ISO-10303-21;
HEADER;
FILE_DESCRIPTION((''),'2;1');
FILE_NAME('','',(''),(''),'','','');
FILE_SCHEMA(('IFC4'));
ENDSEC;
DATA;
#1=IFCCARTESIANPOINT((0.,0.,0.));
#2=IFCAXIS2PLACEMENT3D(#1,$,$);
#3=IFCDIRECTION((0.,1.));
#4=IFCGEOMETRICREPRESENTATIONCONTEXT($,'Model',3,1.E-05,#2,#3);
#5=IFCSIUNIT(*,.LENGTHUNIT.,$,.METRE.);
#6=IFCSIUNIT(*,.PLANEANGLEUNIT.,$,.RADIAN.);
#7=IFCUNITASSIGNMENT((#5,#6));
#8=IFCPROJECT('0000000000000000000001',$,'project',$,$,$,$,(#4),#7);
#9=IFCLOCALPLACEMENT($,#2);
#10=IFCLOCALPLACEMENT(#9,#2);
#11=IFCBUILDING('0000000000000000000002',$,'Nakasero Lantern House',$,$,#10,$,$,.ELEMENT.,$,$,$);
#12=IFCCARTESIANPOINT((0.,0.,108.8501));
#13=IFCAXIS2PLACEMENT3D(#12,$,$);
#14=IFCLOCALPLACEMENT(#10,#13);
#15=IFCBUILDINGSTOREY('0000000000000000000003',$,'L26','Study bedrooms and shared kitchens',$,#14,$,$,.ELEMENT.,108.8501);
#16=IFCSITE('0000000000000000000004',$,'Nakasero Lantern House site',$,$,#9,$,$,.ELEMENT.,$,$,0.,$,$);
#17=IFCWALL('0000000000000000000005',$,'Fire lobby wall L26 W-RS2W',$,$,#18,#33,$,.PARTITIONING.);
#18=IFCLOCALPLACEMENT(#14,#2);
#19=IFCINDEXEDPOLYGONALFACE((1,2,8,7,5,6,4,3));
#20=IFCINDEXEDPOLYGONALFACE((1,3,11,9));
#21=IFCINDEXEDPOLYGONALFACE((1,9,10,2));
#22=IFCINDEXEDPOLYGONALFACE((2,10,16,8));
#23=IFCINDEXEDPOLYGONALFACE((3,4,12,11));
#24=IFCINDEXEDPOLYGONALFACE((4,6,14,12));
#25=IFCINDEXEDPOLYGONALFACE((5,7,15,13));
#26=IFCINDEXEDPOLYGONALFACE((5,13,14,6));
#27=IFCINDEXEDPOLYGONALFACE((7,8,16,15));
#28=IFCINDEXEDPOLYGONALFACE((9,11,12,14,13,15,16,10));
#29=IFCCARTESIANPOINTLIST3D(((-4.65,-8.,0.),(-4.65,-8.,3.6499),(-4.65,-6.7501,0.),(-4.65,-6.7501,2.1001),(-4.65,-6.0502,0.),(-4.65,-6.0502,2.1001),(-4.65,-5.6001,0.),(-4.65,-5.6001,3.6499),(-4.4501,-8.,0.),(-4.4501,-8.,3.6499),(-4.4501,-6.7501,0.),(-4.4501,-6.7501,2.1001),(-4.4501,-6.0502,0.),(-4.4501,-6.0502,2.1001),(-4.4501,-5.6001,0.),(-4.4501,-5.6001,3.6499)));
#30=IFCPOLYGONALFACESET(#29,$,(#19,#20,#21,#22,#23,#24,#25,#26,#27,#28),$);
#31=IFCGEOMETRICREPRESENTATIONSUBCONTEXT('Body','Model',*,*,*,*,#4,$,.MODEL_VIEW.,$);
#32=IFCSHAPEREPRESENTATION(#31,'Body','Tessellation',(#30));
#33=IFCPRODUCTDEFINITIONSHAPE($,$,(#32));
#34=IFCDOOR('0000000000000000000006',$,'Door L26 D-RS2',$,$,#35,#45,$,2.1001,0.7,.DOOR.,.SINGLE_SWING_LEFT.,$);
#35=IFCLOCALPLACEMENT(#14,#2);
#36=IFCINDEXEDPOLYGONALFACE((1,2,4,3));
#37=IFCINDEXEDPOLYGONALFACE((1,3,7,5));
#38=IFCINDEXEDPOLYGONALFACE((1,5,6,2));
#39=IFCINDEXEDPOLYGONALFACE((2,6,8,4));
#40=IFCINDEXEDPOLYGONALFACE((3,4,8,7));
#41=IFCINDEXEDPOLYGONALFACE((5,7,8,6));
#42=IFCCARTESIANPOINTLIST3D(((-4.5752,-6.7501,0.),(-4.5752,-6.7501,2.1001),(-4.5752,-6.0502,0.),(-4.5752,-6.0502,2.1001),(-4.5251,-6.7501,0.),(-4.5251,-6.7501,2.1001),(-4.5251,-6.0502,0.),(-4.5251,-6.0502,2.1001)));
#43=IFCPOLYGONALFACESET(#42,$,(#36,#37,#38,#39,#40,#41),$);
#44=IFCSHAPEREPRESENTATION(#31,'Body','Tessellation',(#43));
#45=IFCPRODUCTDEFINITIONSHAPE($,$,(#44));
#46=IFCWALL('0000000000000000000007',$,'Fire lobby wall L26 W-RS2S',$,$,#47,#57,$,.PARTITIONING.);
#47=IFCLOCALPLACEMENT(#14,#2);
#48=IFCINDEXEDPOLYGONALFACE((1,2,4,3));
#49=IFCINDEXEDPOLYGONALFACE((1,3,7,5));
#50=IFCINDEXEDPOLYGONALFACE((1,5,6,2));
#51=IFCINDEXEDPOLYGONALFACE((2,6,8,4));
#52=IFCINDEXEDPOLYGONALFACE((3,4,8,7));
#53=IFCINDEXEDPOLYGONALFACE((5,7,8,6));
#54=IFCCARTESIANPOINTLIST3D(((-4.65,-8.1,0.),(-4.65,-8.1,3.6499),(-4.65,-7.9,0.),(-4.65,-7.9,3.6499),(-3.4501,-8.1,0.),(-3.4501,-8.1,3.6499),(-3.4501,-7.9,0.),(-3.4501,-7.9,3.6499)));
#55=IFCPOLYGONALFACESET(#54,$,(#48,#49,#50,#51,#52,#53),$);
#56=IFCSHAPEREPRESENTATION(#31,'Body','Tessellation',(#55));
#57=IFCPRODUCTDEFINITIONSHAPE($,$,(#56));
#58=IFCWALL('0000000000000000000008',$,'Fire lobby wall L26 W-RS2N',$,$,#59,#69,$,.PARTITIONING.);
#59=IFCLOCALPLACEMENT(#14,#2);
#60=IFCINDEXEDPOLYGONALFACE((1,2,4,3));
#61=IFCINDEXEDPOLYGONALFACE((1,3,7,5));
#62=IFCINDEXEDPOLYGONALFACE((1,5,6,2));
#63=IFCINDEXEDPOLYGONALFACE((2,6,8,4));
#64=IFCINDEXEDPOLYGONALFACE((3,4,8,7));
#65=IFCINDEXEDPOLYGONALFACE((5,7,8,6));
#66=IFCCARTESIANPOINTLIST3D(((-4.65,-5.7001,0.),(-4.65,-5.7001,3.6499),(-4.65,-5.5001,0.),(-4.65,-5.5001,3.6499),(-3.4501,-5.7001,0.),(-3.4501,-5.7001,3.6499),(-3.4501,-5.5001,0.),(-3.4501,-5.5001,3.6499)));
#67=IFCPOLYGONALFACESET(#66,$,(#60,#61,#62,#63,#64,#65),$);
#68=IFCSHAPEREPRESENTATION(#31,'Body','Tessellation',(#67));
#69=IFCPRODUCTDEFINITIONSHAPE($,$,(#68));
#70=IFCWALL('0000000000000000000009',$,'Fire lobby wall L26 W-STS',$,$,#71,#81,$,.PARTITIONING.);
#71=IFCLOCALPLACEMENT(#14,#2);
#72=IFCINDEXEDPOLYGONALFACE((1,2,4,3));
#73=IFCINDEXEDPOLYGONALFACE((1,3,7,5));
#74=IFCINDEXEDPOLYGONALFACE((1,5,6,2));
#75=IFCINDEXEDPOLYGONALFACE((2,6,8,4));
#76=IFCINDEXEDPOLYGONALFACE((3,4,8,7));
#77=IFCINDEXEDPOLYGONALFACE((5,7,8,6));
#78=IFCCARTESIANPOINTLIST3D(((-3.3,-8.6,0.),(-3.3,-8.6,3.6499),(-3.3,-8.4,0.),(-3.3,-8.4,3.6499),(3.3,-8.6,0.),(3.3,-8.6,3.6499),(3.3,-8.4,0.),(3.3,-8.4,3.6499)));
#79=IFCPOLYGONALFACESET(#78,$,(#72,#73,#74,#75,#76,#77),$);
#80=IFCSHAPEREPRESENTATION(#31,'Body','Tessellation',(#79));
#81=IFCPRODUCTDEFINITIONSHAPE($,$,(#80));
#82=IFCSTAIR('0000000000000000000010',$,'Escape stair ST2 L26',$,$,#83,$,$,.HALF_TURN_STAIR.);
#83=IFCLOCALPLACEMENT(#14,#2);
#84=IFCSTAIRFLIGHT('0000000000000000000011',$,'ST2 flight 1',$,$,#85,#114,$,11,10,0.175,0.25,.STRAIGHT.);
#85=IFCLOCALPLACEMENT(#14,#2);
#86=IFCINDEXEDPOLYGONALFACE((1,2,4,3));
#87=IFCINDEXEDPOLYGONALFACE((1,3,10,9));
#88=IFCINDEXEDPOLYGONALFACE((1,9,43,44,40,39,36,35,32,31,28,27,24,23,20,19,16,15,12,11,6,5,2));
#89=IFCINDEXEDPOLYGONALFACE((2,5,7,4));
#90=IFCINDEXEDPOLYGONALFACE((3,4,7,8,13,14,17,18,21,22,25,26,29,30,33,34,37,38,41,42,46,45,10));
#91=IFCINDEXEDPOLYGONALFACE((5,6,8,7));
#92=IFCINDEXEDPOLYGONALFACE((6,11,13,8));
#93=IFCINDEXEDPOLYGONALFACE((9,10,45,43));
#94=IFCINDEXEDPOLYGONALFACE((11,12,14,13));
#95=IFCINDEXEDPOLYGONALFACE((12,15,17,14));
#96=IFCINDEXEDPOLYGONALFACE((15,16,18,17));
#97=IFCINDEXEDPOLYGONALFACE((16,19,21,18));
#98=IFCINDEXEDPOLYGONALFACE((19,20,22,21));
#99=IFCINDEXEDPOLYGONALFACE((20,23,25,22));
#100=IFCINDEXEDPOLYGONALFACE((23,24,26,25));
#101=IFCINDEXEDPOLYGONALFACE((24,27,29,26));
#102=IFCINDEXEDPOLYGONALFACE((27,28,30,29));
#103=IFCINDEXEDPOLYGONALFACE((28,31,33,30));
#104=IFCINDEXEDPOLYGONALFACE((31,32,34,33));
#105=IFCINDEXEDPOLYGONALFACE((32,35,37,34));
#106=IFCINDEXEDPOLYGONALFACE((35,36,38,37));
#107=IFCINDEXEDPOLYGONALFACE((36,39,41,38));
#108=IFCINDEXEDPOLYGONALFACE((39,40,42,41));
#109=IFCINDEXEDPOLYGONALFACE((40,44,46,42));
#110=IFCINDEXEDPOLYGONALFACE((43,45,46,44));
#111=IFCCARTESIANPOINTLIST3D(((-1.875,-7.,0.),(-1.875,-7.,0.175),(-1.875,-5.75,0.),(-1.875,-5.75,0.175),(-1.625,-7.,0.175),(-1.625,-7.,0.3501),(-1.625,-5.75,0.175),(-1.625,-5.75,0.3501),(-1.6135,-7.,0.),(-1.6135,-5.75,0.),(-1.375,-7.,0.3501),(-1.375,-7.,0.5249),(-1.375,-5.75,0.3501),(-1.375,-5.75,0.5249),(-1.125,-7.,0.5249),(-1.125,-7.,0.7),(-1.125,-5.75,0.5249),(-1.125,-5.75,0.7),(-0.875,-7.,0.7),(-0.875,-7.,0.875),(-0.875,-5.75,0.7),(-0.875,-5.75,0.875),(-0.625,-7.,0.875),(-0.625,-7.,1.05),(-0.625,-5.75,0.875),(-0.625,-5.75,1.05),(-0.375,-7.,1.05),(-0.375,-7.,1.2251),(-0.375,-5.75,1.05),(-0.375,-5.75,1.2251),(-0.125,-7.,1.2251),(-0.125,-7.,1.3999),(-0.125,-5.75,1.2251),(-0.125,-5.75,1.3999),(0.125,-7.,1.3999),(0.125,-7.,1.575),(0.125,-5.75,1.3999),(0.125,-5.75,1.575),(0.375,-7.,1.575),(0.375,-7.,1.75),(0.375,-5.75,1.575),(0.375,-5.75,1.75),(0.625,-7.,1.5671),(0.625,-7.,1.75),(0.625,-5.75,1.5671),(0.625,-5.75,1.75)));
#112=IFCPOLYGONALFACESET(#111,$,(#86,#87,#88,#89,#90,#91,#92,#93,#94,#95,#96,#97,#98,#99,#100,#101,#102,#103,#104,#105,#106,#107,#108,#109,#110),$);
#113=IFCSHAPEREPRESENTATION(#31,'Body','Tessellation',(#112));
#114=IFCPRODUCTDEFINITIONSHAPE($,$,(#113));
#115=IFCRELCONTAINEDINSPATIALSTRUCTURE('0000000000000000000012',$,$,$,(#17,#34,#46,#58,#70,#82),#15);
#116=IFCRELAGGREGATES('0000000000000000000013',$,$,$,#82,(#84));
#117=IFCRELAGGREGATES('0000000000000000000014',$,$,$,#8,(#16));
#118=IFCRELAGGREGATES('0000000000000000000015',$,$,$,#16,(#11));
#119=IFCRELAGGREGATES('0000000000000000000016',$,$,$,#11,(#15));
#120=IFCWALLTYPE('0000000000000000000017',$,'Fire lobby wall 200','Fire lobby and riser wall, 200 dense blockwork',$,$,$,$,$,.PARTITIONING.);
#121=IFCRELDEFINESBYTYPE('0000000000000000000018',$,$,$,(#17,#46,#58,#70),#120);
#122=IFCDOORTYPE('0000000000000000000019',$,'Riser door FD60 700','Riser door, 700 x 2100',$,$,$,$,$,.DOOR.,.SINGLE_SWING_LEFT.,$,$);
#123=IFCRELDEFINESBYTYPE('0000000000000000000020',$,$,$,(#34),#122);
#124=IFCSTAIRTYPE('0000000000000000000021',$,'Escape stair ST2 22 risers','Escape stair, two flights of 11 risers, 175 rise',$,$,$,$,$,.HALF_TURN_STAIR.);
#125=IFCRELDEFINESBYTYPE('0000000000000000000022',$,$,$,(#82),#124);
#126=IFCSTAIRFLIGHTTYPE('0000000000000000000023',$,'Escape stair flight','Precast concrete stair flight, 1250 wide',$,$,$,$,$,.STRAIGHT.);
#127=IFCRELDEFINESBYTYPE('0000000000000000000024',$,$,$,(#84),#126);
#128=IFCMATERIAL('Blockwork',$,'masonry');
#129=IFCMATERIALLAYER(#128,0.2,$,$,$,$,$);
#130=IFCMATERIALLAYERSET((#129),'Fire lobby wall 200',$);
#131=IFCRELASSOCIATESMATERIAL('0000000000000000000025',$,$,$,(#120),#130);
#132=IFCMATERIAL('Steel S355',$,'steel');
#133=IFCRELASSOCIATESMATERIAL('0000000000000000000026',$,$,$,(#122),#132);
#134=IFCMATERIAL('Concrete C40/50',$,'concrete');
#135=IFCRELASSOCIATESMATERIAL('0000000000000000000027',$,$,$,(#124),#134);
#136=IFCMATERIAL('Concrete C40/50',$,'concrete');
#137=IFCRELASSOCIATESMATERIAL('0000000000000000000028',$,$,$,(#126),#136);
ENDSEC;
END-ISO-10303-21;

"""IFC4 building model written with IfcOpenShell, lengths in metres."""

from ifc_helpers import new_model, si_unit, direction, frame, frame_2d, origin, place, context, subcontext, project, spatial, polyline, rectangle, outline, extrude, material, layer, layer_set, type_object, element, fill, aggregate, save


model = new_model("IFC4")

# Units and contexts
model_context = context("Model", 3, precision=1e-05, world=origin(), true_north=direction((0.0, 1.0)))
body_context = subcontext(model_context, "Body", "Model", "MODEL_VIEW")
ifc_project = project(units=[si_unit("LENGTHUNIT", "METRE"), si_unit("PLANEANGLEUNIT", "RADIAN")], contexts=[model_context])

# Site, building, storey
site_placement = place(None, origin())
site = spatial("IfcSite", under=ifc_project, at=site_placement, Name="Nakasero Lantern House site", CompositionType="ELEMENT", RefElevation=0.0)
building_placement = place(site_placement, origin())
building = spatial("IfcBuilding", under=site, at=building_placement, Name="Nakasero Lantern House", CompositionType="ELEMENT")
storey_placement = place(building_placement, frame((0.0, 0.0, 108.8501)))
storey = spatial("IfcBuildingStorey", under=building, at=storey_placement, Name="L26", Description="Study bedrooms and shared kitchens", CompositionType="ELEMENT", Elevation=108.8501)

# Wall, opening, door
ifc_material_1 = material(Name="Blockwork", Category="masonry")
ifc_layer_1 = layer(ifc_material_1, 0.2)
ifc_layer_set_1 = layer_set([ifc_layer_1], Name="Fire lobby wall 200")
wall_type_1 = type_object("IfcWallType", Name="Fire lobby wall 200", Description="Fire lobby and riser wall, 200 dense blockwork", PredefinedType="PARTITIONING", material=ifc_layer_set_1)
wall_1_placement = place(storey_placement, frame((-4.55, -5.6001, 0.0), z_axis=(0.0, 0.0, 1.0), x_axis=(0.0, -1.0, 0.0)))
wall_1 = element("IfcWall", 1, at=wall_1_placement, inside=storey, type_object=wall_type_1, Name="Fire lobby wall L26 W-RS2W", PredefinedType="PARTITIONING", context=body_context, shape_type="SweptSolid", body=[
    extrude(rectangle(XDim=2.3999, YDim=0.2, at=frame_2d((1.2, 0.0))), origin(), (0.0, 0.0, 1.0), 3.6499),
])
opening_1_placement = place(wall_1_placement, frame((0.45, 0.0, 0.0)))
opening_1 = element("IfcOpeningElement", 2, at=opening_1_placement, cuts=wall_1, PredefinedType="OPENING", context=body_context, shape_type="SweptSolid", body=[
    extrude(rectangle(XDim=0.7, YDim=2.1001, at=frame_2d((0.3501, 1.05))), frame((0.0, 0.1199, 0.0), z_axis=(0.0, -1.0, 0.0), x_axis=(1.0, 0.0, 0.0)), (0.0, 0.0, 1.0), 0.24),
])
ifc_material_2 = material(Name="Steel S355", Category="steel")
door_type_1 = type_object("IfcDoorType", Name="Riser door FD60 700", Description="Riser door, 700 x 2100", OperationType="SINGLE_SWING_LEFT", PredefinedType="DOOR", material=ifc_material_2)
door_1_placement = place(opening_1_placement, origin())
door_1 = element("IfcDoor", 3, at=door_1_placement, inside=storey, type_object=door_type_1, Name="Door L26 D-RS2", OperationType="SINGLE_SWING_LEFT", OverallHeight=2.1001, OverallWidth=0.7, PredefinedType="DOOR", context=body_context, shape_type="SweptSolid", body=[
    extrude(rectangle(XDim=0.7, YDim=2.1001, at=frame_2d((0.3501, 1.05))), frame((0.0, 0.0249, 0.0), z_axis=(0.0, -1.0, 0.0), x_axis=(1.0, 0.0, 0.0)), (0.0, 0.0, 1.0), 0.05),
])
fill(opening_1, door_1)

# Walls
for number, where, z_axis, x_axis, name in (
    (4, (-3.45, -8.0, 0.0), (0.0, 0.0, 1.0), (-1.0, 0.0, 0.0), "Fire lobby wall L26 W-RS2S"),
    (5, (-3.45, -5.6001, 0.0), (0.0, 0.0, 1.0), (-1.0, 0.0, 0.0), "Fire lobby wall L26 W-RS2N"),
):
    element("IfcWall", number, at=place(storey_placement, frame(where, z_axis=z_axis, x_axis=x_axis)), inside=storey, type_object=wall_type_1, Name=name, PredefinedType="PARTITIONING", context=body_context, shape_type="SweptSolid", body=[
        extrude(rectangle(XDim=1.2, YDim=0.2, at=frame_2d((0.6001, 0.0))), origin(), (0.0, 0.0, 1.0), 3.6499),
    ])
wall_2_placement = place(storey_placement, frame((-3.3, -8.5, 0.0), z_axis=(0.0, 0.0, 1.0), x_axis=(1.0, 0.0, 0.0)))
element("IfcWall", 6, at=wall_2_placement, inside=storey, type_object=wall_type_1, Name="Fire lobby wall L26 W-STS", PredefinedType="PARTITIONING", context=body_context, shape_type="SweptSolid", body=[
    extrude(rectangle(XDim=6.6001, YDim=0.2, at=frame_2d((3.3, 0.0))), origin(), (0.0, 0.0, 1.0), 3.6499),
])

# Stair, stair flight
ifc_material_3 = material(Name="Concrete C40/50", Category="concrete")
stair_type = type_object("IfcStairType", Name="Escape stair ST2 22 risers", Description="Escape stair, two flights of 11 risers, 175 rise", PredefinedType="HALF_TURN_STAIR", material=ifc_material_3)
stair_placement = place(storey_placement, origin())
stair = element("IfcStair", 7, at=stair_placement, inside=storey, type_object=stair_type, Name="Escape stair ST2 L26", PredefinedType="HALF_TURN_STAIR")
ifc_material_4 = material(Name="Concrete C40/50", Category="concrete")
stair_flight_type = type_object("IfcStairFlightType", Name="Escape stair flight", Description="Precast concrete stair flight, 1250 wide", PredefinedType="STRAIGHT", material=ifc_material_4)
stair_flight_placement = place(storey_placement, frame((-1.875, -6.375, 0.0), z_axis=(0.0, 0.0, 1.0), x_axis=(1.0, 0.0, 0.0)))
stair_flight = element("IfcStairFlight", 8, at=stair_flight_placement, type_object=stair_flight_type, Name="ST2 flight 1", NumberOfRisers=11, NumberOfTreads=10, PredefinedType="STRAIGHT", RiserHeight=0.175, TreadLength=0.25, context=body_context, shape_type="SweptSolid", body=[
    extrude(outline(polyline([(0.0, 0.0), (0.0, 0.175), (0.25, 0.175), (0.25, 0.3501), (0.5, 0.3501), (0.5, 0.5249), (0.75, 0.5249), (0.75, 0.7), (1.0, 0.7), (1.0, 0.875), (1.25, 0.875), (1.25, 1.05), (1.5, 1.05), (1.5, 1.2251), (1.75, 1.2251), (1.75, 1.3999), (2.0, 1.3999), (2.0, 1.575), (2.25, 1.575), (2.25, 1.75), (2.5, 1.75), (2.5, 1.925), (2.5, 1.5671), (0.2615, 0.0), (0.0, 0.0)])), frame((0.0, 0.625, 0.0), z_axis=(0.0, -1.0, 0.0), x_axis=(1.0, 0.0, 0.0)), (0.0, 0.0, 1.0), 1.25),
])
aggregate(stair, [stair_flight])

save(model, "model.ifc")
